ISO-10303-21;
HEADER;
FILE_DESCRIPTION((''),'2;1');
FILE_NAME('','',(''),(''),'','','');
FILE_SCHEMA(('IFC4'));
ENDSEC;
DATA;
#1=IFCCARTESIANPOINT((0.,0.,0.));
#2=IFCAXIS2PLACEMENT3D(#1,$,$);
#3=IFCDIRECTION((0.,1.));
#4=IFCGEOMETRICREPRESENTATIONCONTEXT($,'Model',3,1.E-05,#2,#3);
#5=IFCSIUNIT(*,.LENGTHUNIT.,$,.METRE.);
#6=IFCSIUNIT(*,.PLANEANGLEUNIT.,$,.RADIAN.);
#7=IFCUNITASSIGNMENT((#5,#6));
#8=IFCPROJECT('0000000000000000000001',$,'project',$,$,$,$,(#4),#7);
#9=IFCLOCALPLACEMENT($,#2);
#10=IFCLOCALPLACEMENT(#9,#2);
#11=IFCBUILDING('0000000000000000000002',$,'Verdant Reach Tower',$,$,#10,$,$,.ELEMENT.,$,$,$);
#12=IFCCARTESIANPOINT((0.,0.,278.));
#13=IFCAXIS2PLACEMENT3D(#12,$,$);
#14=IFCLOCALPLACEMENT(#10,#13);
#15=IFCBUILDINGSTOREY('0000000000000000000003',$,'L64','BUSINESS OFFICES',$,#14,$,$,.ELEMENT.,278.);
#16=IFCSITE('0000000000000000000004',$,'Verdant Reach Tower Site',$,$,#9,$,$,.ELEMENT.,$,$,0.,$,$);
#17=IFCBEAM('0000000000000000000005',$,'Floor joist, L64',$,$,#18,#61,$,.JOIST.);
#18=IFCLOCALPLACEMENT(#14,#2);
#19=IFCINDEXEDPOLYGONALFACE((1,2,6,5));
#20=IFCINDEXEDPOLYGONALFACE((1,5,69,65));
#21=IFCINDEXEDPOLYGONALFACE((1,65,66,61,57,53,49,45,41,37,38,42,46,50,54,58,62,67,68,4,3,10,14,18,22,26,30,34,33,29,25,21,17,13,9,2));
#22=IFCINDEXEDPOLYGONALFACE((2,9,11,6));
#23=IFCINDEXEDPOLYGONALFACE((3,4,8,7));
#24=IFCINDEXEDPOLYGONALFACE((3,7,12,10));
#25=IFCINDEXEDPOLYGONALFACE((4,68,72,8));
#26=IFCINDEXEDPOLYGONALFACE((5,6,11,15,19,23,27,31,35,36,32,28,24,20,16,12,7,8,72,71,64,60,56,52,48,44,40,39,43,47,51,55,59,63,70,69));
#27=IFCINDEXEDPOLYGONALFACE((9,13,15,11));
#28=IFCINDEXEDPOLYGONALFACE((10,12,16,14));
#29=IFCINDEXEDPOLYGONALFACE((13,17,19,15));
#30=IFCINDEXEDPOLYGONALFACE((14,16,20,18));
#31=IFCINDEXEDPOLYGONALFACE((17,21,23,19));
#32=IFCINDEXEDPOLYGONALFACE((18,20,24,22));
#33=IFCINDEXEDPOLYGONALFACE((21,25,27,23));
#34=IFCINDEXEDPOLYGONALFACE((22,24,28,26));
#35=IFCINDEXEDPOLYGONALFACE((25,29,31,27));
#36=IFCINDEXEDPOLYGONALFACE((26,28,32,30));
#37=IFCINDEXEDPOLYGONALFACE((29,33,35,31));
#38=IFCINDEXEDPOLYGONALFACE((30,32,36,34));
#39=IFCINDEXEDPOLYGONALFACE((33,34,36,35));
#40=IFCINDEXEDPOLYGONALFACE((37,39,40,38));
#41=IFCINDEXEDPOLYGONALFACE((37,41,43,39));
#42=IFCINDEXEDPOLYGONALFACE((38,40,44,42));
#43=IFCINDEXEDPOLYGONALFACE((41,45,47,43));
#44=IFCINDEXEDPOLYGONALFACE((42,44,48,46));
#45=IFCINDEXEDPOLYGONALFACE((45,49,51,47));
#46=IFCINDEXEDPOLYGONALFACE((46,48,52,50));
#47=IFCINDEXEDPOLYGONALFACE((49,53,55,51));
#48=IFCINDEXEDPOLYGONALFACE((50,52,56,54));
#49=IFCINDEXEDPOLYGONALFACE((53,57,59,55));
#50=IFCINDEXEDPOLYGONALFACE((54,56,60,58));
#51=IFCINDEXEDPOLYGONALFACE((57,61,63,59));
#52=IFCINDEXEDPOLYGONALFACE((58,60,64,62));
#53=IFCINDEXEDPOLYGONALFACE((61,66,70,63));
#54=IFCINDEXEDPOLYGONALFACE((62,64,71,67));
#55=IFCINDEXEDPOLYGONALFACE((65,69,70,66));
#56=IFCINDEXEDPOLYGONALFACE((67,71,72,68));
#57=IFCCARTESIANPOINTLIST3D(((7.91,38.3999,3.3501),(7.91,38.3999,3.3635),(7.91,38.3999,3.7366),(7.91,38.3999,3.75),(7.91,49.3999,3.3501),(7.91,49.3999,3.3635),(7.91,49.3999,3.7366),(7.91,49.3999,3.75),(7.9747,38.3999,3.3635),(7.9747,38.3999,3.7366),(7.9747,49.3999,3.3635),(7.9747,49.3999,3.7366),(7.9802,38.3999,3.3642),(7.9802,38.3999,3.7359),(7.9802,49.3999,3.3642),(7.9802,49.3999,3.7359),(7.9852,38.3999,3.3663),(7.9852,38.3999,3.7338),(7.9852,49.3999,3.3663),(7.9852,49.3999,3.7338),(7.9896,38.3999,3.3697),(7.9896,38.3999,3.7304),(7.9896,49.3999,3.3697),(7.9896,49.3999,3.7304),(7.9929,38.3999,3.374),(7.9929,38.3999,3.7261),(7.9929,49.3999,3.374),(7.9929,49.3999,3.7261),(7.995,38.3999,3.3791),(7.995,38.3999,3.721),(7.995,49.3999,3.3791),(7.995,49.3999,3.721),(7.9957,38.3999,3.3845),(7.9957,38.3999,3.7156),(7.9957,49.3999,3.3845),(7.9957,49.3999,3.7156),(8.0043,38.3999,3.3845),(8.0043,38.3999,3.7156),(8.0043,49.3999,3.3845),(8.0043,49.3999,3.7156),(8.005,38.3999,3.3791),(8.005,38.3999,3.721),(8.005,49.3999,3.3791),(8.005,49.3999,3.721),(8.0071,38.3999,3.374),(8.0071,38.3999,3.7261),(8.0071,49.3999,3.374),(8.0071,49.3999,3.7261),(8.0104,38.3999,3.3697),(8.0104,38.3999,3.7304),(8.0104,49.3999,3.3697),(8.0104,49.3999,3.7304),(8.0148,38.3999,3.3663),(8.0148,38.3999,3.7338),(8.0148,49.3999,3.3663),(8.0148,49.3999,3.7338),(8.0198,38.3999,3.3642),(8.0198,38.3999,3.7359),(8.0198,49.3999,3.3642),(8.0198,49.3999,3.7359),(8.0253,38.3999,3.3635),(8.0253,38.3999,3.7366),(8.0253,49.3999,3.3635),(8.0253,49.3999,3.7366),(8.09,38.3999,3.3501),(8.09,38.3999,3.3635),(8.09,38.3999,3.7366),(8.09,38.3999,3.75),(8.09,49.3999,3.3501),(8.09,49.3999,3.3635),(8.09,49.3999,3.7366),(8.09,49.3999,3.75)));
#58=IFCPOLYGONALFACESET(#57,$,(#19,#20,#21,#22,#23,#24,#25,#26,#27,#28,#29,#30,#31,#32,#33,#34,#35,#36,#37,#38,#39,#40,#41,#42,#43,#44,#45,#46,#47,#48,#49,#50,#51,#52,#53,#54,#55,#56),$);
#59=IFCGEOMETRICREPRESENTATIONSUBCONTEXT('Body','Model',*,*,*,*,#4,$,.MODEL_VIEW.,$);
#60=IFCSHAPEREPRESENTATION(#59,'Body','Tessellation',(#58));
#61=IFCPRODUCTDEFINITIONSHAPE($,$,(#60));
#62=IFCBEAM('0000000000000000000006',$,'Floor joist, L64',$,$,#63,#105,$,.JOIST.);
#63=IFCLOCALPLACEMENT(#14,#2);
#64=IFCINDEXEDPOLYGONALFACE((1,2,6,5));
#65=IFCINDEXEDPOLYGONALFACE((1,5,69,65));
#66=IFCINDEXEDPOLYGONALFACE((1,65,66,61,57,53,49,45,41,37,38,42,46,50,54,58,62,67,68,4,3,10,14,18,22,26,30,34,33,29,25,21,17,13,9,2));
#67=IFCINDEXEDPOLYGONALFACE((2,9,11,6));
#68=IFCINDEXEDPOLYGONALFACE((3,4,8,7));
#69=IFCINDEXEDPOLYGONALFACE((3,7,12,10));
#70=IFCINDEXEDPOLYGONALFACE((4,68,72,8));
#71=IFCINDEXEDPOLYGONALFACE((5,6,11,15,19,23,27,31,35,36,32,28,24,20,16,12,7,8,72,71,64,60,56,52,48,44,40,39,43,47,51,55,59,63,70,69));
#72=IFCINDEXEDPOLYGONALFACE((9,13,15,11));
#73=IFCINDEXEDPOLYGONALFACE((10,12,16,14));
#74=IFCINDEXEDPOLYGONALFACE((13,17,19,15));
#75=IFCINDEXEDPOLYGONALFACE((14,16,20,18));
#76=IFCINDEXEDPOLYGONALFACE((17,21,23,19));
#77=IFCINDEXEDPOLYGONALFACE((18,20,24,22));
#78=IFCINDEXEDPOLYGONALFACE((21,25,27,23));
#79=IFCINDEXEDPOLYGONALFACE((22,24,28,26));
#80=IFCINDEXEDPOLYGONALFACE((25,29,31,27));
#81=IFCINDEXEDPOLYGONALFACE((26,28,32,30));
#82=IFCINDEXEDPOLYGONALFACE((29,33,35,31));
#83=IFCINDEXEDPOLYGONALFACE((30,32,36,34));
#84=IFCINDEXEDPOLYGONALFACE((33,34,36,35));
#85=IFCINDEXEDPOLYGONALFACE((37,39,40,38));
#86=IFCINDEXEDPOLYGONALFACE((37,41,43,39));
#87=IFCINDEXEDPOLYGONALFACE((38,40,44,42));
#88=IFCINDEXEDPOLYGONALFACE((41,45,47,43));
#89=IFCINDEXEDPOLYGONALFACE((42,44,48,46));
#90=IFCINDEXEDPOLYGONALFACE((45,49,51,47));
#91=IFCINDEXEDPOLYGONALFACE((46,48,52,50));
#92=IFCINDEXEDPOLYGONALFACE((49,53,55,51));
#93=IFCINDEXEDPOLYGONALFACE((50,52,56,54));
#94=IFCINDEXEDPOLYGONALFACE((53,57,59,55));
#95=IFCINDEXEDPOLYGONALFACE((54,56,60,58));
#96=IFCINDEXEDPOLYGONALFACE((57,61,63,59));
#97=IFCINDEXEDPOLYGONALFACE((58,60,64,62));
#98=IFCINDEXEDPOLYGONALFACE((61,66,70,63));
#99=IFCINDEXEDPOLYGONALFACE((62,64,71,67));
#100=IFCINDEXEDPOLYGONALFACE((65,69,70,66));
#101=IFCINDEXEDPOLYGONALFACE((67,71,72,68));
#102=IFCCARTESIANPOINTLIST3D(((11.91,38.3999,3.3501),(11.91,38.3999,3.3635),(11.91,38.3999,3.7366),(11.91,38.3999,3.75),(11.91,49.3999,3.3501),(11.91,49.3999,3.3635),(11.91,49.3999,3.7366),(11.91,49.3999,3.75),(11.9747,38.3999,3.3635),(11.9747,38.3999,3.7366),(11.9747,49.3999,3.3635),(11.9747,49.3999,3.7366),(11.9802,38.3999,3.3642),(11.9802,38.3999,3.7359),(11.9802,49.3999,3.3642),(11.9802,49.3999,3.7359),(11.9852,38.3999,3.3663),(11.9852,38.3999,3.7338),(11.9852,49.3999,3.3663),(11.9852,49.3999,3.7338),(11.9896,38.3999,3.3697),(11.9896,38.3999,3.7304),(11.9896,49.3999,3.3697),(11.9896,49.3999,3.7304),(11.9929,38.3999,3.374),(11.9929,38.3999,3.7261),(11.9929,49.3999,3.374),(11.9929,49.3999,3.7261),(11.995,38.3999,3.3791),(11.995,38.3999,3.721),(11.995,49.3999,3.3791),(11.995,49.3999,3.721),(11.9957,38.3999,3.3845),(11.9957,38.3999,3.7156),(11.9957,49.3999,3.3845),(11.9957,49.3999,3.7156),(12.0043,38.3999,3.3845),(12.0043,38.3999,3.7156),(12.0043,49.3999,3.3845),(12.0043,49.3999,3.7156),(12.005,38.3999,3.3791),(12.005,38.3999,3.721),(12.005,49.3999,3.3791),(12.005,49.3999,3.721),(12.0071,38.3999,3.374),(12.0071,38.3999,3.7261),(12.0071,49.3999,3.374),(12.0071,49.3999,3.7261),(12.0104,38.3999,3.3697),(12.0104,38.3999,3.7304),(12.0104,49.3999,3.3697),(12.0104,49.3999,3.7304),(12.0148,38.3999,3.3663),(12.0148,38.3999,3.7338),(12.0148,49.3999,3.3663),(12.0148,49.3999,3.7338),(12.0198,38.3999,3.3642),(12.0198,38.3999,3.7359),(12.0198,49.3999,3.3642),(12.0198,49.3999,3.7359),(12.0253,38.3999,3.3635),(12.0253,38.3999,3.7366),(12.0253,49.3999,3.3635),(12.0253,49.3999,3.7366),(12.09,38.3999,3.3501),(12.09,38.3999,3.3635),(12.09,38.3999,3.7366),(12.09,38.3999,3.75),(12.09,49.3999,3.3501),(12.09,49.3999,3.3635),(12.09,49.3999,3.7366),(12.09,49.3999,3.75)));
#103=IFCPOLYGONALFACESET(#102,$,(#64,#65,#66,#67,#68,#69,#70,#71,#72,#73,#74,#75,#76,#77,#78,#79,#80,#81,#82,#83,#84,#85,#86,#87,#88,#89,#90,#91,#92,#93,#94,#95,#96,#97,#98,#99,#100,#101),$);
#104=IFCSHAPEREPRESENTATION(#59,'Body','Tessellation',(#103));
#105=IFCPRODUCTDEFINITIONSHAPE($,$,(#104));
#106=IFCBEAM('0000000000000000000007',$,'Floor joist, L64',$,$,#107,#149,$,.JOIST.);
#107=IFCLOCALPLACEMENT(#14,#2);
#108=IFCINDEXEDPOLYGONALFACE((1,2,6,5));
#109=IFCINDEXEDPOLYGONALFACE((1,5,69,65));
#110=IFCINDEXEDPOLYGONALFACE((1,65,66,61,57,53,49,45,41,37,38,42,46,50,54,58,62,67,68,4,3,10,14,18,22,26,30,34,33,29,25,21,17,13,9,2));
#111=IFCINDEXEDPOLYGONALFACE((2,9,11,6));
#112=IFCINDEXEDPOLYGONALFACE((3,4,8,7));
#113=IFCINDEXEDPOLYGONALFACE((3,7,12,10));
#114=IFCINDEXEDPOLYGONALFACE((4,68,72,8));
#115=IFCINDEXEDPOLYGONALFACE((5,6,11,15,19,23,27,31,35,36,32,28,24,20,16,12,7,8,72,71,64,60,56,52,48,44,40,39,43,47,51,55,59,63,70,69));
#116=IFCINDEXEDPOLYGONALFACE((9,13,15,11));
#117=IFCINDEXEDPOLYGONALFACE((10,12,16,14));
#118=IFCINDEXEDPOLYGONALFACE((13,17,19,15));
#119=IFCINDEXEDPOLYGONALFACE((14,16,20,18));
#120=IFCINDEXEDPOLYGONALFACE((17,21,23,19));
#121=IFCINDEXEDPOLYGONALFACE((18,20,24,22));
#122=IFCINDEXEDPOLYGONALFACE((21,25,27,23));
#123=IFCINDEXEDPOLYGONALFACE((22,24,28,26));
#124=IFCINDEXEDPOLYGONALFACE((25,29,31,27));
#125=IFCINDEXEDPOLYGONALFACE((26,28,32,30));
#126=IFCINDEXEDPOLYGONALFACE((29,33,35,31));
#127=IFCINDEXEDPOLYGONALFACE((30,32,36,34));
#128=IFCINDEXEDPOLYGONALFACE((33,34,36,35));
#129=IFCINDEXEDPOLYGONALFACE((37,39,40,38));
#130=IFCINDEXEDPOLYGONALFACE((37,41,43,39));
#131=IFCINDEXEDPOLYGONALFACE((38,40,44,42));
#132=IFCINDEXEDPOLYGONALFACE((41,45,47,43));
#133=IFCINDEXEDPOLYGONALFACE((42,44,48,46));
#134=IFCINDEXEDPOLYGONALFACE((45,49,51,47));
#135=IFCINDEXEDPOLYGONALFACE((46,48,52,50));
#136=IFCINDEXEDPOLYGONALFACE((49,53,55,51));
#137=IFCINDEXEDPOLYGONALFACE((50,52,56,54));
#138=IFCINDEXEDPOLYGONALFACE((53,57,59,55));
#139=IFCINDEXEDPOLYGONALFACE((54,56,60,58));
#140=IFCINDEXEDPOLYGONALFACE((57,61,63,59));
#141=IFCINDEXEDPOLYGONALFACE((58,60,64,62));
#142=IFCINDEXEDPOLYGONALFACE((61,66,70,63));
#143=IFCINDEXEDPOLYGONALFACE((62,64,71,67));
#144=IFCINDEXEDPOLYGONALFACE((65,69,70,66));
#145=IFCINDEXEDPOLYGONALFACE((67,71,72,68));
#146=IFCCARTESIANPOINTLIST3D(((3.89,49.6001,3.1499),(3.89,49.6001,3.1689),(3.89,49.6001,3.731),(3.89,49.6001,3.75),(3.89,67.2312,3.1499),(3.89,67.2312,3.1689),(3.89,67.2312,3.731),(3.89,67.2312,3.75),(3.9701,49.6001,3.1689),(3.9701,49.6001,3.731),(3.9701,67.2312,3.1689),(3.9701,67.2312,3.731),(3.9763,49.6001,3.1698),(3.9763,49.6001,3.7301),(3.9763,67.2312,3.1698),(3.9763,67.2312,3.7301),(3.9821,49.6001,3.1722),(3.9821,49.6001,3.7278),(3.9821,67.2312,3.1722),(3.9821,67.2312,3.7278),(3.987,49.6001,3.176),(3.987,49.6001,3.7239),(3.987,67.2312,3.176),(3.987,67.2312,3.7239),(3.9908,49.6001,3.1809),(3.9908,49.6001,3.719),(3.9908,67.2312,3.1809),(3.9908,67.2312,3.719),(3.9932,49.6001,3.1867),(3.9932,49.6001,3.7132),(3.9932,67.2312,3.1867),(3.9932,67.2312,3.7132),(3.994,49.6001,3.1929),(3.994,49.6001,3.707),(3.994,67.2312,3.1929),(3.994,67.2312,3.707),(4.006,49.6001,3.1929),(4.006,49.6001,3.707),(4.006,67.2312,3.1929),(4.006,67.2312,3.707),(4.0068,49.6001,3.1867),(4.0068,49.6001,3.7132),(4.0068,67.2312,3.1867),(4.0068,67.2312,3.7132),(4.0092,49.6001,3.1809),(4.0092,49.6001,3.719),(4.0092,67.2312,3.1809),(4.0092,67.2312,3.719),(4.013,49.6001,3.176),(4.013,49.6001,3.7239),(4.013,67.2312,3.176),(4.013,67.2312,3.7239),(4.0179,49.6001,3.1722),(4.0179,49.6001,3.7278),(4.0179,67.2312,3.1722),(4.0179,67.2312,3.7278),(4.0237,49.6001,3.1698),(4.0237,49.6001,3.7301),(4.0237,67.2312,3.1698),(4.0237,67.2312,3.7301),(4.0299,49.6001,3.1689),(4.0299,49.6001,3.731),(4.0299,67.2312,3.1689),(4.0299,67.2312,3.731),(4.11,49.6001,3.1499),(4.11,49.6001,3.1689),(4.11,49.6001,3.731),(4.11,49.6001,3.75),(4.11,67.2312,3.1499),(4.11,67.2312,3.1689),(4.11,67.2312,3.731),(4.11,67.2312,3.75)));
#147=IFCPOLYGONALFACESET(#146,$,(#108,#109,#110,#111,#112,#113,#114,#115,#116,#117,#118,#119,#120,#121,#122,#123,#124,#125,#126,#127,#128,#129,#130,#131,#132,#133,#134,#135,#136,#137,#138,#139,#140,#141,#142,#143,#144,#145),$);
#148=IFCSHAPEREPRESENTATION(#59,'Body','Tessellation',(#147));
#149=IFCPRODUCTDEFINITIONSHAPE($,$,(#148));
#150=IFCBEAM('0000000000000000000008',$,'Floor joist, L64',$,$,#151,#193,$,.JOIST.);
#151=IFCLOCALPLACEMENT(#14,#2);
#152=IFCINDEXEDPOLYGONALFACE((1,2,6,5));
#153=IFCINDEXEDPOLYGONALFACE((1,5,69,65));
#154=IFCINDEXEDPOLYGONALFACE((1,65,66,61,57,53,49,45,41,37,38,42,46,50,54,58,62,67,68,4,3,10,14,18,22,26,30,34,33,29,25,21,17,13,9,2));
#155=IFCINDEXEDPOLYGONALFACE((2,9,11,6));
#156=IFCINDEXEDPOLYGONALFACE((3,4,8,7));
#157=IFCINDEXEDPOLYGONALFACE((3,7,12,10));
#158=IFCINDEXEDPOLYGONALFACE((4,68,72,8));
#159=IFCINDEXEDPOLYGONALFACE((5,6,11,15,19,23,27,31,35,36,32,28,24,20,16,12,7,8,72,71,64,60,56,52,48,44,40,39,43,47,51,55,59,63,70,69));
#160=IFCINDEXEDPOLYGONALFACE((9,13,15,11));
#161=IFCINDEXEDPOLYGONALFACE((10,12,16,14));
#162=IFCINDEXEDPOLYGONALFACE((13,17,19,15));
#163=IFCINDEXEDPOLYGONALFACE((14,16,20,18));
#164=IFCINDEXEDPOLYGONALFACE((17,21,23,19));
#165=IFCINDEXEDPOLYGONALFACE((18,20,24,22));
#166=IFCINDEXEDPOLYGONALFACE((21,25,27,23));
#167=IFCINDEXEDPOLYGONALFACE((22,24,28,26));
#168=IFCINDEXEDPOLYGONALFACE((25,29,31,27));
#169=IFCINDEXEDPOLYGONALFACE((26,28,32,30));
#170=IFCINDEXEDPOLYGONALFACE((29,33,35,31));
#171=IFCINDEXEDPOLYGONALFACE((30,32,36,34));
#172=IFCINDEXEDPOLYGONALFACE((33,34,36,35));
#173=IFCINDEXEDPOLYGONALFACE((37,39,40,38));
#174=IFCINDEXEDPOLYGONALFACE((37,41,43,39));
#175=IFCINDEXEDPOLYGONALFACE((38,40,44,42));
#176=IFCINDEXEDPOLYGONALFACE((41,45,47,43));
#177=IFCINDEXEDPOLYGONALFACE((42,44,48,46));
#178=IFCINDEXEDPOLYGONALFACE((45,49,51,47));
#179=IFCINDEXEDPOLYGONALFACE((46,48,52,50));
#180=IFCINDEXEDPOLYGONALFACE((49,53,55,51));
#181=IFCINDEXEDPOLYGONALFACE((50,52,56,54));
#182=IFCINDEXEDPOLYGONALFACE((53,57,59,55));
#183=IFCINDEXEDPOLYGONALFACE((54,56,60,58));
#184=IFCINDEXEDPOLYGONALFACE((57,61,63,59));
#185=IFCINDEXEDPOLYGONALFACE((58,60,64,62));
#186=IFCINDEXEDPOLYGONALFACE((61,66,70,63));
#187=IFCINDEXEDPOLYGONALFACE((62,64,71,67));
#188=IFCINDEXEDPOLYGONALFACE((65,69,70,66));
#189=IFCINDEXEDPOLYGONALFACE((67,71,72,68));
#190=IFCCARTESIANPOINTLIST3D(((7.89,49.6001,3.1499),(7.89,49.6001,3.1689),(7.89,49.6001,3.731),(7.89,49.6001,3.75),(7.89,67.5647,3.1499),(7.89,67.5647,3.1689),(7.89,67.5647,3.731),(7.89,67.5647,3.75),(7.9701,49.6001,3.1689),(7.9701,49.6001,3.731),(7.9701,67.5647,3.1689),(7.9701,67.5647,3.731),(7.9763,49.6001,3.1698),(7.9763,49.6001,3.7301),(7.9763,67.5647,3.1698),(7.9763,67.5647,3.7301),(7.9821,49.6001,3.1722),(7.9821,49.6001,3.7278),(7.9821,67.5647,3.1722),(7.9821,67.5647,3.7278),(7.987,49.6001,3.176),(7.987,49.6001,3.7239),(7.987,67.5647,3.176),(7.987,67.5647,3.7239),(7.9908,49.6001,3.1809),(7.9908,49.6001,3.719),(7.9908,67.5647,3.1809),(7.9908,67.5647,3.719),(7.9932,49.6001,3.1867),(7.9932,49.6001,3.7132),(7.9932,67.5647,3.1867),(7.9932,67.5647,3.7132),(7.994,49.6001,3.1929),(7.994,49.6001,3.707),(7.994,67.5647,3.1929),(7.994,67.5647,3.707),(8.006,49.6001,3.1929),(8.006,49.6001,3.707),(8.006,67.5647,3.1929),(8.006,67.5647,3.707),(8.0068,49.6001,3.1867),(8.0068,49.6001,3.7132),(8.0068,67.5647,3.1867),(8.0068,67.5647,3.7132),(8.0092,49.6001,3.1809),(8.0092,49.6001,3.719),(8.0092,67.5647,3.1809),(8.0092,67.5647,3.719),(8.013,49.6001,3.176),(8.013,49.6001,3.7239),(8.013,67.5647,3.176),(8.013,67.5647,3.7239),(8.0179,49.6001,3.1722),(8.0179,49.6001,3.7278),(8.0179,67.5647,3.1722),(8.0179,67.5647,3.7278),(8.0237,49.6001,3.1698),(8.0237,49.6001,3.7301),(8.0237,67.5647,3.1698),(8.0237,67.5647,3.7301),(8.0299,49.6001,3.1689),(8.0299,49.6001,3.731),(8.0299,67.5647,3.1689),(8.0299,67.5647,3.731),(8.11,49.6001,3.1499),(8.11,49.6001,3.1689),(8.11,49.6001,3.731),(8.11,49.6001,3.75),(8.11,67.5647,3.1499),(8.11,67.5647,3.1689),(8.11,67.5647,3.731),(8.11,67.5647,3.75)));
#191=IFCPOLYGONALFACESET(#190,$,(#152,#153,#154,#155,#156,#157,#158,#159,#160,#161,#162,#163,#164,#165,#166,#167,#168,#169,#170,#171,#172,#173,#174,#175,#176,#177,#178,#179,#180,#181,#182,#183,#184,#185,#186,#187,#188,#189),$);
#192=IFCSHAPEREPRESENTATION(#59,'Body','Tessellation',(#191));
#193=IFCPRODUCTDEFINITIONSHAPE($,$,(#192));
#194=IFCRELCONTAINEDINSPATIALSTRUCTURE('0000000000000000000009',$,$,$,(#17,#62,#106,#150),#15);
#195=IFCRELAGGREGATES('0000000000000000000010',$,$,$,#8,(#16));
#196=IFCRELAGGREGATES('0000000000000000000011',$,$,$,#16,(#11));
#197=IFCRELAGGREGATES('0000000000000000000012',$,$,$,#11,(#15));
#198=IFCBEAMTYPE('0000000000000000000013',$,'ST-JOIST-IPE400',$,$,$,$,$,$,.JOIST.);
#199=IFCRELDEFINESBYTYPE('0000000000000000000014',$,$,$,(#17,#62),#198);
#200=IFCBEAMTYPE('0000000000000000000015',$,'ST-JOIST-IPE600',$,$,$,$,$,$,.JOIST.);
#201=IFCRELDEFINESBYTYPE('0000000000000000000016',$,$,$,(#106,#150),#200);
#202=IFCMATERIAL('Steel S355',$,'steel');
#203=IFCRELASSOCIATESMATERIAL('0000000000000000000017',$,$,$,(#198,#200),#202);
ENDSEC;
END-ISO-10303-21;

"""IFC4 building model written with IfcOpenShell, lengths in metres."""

from ifc_helpers import new_model, si_unit, direction, frame, origin, origin_2d, place, context, subcontext, project, spatial, i_section, extrude, material, material_profile, profile_set, type_object, element, save


model = new_model("IFC4")

# Units and contexts
model_context = context("Model", 3, precision=1e-05, world=origin(), true_north=direction((0.0, 1.0)))
body_context = subcontext(model_context, "Body", "Model", "MODEL_VIEW")
ifc_project = project(units=[si_unit("LENGTHUNIT", "METRE"), si_unit("PLANEANGLEUNIT", "RADIAN")], contexts=[model_context])

# Site, building, storey
site_placement = place(None, origin())
site = spatial("IfcSite", under=ifc_project, at=site_placement, Name="Verdant Reach Tower Site", CompositionType="ELEMENT", RefElevation=0.0)
building_placement = place(site_placement, origin())
building = spatial("IfcBuilding", under=site, at=building_placement, Name="Verdant Reach Tower", CompositionType="ELEMENT")
storey_placement = place(building_placement, frame((0.0, 0.0, 278.0)))
storey = spatial("IfcBuildingStorey", under=building, at=storey_placement, Name="L64", Description="BUSINESS OFFICES", CompositionType="ELEMENT", Elevation=278.0)

# Beams
ifc_material_1 = material(Name="Steel S355", Category="steel")
ifc_material_profile_1 = material_profile(ifc_material_1, i_section(OverallWidth=0.1799, OverallDepth=0.3999, WebThickness=0.0085, FlangeThickness=0.0134, FilletRadius=0.021, at=origin_2d()), Name="IPE 400")
ifc_profile_set_1 = profile_set([ifc_material_profile_1], Name="Steel S355")
beam_type_1 = type_object("IfcBeamType", Name="ST-JOIST-IPE400", PredefinedType="JOIST", material=ifc_profile_set_1)
for number, where, z_axis, x_axis, name in (
    (1, (8.0, 38.3999, 3.55), (0.0, 1.0, 0.0), (-1.0, 0.0, 0.0), "Floor joist, L64"),
    (2, (12.0, 38.3999, 3.55), (0.0, 1.0, 0.0), (-1.0, 0.0, 0.0), "Floor joist, L64"),
):
    element("IfcBeam", number, at=place(storey_placement, frame(where, z_axis=z_axis, x_axis=x_axis)), inside=storey, type_object=beam_type_1, Name=name, PredefinedType="JOIST", context=body_context, shape_type="SweptSolid", body=[
        extrude(i_section(OverallWidth=0.1799, OverallDepth=0.3999, WebThickness=0.0085, FlangeThickness=0.0134, FilletRadius=0.021, at=origin_2d()), origin(), (0.0, 0.0, 1.0), 11.0),
    ])
ifc_material_profile_2 = material_profile(ifc_material_1, i_section(OverallWidth=0.22, OverallDepth=0.6001, WebThickness=0.012, FlangeThickness=0.019, FilletRadius=0.0239, at=origin_2d()), Name="IPE 600")
ifc_profile_set_2 = profile_set([ifc_material_profile_2], Name="Steel S355")
beam_type_2 = type_object("IfcBeamType", Name="ST-JOIST-IPE600", PredefinedType="JOIST", material=ifc_profile_set_2)
beam_1_placement = place(storey_placement, frame((4.0, 49.6001, 3.45), z_axis=(0.0, 1.0, 0.0), x_axis=(-1.0, 0.0, 0.0)))
element("IfcBeam", 3, at=beam_1_placement, inside=storey, type_object=beam_type_2, Name="Floor joist, L64", PredefinedType="JOIST", context=body_context, shape_type="SweptSolid", body=[
    extrude(i_section(OverallWidth=0.22, OverallDepth=0.6001, WebThickness=0.012, FlangeThickness=0.019, FilletRadius=0.0239, at=origin_2d()), origin(), (0.0, 0.0, 1.0), 17.6311),
])
beam_2_placement = place(storey_placement, frame((8.0, 49.6001, 3.45), z_axis=(0.0, 1.0, 0.0), x_axis=(-1.0, 0.0, 0.0)))
element("IfcBeam", 4, at=beam_2_placement, inside=storey, type_object=beam_type_2, Name="Floor joist, L64", PredefinedType="JOIST", context=body_context, shape_type="SweptSolid", body=[
    extrude(i_section(OverallWidth=0.22, OverallDepth=0.6001, WebThickness=0.012, FlangeThickness=0.019, FilletRadius=0.0239, at=origin_2d()), origin(), (0.0, 0.0, 1.0), 17.9646),
])

save(model, "model.ifc")
